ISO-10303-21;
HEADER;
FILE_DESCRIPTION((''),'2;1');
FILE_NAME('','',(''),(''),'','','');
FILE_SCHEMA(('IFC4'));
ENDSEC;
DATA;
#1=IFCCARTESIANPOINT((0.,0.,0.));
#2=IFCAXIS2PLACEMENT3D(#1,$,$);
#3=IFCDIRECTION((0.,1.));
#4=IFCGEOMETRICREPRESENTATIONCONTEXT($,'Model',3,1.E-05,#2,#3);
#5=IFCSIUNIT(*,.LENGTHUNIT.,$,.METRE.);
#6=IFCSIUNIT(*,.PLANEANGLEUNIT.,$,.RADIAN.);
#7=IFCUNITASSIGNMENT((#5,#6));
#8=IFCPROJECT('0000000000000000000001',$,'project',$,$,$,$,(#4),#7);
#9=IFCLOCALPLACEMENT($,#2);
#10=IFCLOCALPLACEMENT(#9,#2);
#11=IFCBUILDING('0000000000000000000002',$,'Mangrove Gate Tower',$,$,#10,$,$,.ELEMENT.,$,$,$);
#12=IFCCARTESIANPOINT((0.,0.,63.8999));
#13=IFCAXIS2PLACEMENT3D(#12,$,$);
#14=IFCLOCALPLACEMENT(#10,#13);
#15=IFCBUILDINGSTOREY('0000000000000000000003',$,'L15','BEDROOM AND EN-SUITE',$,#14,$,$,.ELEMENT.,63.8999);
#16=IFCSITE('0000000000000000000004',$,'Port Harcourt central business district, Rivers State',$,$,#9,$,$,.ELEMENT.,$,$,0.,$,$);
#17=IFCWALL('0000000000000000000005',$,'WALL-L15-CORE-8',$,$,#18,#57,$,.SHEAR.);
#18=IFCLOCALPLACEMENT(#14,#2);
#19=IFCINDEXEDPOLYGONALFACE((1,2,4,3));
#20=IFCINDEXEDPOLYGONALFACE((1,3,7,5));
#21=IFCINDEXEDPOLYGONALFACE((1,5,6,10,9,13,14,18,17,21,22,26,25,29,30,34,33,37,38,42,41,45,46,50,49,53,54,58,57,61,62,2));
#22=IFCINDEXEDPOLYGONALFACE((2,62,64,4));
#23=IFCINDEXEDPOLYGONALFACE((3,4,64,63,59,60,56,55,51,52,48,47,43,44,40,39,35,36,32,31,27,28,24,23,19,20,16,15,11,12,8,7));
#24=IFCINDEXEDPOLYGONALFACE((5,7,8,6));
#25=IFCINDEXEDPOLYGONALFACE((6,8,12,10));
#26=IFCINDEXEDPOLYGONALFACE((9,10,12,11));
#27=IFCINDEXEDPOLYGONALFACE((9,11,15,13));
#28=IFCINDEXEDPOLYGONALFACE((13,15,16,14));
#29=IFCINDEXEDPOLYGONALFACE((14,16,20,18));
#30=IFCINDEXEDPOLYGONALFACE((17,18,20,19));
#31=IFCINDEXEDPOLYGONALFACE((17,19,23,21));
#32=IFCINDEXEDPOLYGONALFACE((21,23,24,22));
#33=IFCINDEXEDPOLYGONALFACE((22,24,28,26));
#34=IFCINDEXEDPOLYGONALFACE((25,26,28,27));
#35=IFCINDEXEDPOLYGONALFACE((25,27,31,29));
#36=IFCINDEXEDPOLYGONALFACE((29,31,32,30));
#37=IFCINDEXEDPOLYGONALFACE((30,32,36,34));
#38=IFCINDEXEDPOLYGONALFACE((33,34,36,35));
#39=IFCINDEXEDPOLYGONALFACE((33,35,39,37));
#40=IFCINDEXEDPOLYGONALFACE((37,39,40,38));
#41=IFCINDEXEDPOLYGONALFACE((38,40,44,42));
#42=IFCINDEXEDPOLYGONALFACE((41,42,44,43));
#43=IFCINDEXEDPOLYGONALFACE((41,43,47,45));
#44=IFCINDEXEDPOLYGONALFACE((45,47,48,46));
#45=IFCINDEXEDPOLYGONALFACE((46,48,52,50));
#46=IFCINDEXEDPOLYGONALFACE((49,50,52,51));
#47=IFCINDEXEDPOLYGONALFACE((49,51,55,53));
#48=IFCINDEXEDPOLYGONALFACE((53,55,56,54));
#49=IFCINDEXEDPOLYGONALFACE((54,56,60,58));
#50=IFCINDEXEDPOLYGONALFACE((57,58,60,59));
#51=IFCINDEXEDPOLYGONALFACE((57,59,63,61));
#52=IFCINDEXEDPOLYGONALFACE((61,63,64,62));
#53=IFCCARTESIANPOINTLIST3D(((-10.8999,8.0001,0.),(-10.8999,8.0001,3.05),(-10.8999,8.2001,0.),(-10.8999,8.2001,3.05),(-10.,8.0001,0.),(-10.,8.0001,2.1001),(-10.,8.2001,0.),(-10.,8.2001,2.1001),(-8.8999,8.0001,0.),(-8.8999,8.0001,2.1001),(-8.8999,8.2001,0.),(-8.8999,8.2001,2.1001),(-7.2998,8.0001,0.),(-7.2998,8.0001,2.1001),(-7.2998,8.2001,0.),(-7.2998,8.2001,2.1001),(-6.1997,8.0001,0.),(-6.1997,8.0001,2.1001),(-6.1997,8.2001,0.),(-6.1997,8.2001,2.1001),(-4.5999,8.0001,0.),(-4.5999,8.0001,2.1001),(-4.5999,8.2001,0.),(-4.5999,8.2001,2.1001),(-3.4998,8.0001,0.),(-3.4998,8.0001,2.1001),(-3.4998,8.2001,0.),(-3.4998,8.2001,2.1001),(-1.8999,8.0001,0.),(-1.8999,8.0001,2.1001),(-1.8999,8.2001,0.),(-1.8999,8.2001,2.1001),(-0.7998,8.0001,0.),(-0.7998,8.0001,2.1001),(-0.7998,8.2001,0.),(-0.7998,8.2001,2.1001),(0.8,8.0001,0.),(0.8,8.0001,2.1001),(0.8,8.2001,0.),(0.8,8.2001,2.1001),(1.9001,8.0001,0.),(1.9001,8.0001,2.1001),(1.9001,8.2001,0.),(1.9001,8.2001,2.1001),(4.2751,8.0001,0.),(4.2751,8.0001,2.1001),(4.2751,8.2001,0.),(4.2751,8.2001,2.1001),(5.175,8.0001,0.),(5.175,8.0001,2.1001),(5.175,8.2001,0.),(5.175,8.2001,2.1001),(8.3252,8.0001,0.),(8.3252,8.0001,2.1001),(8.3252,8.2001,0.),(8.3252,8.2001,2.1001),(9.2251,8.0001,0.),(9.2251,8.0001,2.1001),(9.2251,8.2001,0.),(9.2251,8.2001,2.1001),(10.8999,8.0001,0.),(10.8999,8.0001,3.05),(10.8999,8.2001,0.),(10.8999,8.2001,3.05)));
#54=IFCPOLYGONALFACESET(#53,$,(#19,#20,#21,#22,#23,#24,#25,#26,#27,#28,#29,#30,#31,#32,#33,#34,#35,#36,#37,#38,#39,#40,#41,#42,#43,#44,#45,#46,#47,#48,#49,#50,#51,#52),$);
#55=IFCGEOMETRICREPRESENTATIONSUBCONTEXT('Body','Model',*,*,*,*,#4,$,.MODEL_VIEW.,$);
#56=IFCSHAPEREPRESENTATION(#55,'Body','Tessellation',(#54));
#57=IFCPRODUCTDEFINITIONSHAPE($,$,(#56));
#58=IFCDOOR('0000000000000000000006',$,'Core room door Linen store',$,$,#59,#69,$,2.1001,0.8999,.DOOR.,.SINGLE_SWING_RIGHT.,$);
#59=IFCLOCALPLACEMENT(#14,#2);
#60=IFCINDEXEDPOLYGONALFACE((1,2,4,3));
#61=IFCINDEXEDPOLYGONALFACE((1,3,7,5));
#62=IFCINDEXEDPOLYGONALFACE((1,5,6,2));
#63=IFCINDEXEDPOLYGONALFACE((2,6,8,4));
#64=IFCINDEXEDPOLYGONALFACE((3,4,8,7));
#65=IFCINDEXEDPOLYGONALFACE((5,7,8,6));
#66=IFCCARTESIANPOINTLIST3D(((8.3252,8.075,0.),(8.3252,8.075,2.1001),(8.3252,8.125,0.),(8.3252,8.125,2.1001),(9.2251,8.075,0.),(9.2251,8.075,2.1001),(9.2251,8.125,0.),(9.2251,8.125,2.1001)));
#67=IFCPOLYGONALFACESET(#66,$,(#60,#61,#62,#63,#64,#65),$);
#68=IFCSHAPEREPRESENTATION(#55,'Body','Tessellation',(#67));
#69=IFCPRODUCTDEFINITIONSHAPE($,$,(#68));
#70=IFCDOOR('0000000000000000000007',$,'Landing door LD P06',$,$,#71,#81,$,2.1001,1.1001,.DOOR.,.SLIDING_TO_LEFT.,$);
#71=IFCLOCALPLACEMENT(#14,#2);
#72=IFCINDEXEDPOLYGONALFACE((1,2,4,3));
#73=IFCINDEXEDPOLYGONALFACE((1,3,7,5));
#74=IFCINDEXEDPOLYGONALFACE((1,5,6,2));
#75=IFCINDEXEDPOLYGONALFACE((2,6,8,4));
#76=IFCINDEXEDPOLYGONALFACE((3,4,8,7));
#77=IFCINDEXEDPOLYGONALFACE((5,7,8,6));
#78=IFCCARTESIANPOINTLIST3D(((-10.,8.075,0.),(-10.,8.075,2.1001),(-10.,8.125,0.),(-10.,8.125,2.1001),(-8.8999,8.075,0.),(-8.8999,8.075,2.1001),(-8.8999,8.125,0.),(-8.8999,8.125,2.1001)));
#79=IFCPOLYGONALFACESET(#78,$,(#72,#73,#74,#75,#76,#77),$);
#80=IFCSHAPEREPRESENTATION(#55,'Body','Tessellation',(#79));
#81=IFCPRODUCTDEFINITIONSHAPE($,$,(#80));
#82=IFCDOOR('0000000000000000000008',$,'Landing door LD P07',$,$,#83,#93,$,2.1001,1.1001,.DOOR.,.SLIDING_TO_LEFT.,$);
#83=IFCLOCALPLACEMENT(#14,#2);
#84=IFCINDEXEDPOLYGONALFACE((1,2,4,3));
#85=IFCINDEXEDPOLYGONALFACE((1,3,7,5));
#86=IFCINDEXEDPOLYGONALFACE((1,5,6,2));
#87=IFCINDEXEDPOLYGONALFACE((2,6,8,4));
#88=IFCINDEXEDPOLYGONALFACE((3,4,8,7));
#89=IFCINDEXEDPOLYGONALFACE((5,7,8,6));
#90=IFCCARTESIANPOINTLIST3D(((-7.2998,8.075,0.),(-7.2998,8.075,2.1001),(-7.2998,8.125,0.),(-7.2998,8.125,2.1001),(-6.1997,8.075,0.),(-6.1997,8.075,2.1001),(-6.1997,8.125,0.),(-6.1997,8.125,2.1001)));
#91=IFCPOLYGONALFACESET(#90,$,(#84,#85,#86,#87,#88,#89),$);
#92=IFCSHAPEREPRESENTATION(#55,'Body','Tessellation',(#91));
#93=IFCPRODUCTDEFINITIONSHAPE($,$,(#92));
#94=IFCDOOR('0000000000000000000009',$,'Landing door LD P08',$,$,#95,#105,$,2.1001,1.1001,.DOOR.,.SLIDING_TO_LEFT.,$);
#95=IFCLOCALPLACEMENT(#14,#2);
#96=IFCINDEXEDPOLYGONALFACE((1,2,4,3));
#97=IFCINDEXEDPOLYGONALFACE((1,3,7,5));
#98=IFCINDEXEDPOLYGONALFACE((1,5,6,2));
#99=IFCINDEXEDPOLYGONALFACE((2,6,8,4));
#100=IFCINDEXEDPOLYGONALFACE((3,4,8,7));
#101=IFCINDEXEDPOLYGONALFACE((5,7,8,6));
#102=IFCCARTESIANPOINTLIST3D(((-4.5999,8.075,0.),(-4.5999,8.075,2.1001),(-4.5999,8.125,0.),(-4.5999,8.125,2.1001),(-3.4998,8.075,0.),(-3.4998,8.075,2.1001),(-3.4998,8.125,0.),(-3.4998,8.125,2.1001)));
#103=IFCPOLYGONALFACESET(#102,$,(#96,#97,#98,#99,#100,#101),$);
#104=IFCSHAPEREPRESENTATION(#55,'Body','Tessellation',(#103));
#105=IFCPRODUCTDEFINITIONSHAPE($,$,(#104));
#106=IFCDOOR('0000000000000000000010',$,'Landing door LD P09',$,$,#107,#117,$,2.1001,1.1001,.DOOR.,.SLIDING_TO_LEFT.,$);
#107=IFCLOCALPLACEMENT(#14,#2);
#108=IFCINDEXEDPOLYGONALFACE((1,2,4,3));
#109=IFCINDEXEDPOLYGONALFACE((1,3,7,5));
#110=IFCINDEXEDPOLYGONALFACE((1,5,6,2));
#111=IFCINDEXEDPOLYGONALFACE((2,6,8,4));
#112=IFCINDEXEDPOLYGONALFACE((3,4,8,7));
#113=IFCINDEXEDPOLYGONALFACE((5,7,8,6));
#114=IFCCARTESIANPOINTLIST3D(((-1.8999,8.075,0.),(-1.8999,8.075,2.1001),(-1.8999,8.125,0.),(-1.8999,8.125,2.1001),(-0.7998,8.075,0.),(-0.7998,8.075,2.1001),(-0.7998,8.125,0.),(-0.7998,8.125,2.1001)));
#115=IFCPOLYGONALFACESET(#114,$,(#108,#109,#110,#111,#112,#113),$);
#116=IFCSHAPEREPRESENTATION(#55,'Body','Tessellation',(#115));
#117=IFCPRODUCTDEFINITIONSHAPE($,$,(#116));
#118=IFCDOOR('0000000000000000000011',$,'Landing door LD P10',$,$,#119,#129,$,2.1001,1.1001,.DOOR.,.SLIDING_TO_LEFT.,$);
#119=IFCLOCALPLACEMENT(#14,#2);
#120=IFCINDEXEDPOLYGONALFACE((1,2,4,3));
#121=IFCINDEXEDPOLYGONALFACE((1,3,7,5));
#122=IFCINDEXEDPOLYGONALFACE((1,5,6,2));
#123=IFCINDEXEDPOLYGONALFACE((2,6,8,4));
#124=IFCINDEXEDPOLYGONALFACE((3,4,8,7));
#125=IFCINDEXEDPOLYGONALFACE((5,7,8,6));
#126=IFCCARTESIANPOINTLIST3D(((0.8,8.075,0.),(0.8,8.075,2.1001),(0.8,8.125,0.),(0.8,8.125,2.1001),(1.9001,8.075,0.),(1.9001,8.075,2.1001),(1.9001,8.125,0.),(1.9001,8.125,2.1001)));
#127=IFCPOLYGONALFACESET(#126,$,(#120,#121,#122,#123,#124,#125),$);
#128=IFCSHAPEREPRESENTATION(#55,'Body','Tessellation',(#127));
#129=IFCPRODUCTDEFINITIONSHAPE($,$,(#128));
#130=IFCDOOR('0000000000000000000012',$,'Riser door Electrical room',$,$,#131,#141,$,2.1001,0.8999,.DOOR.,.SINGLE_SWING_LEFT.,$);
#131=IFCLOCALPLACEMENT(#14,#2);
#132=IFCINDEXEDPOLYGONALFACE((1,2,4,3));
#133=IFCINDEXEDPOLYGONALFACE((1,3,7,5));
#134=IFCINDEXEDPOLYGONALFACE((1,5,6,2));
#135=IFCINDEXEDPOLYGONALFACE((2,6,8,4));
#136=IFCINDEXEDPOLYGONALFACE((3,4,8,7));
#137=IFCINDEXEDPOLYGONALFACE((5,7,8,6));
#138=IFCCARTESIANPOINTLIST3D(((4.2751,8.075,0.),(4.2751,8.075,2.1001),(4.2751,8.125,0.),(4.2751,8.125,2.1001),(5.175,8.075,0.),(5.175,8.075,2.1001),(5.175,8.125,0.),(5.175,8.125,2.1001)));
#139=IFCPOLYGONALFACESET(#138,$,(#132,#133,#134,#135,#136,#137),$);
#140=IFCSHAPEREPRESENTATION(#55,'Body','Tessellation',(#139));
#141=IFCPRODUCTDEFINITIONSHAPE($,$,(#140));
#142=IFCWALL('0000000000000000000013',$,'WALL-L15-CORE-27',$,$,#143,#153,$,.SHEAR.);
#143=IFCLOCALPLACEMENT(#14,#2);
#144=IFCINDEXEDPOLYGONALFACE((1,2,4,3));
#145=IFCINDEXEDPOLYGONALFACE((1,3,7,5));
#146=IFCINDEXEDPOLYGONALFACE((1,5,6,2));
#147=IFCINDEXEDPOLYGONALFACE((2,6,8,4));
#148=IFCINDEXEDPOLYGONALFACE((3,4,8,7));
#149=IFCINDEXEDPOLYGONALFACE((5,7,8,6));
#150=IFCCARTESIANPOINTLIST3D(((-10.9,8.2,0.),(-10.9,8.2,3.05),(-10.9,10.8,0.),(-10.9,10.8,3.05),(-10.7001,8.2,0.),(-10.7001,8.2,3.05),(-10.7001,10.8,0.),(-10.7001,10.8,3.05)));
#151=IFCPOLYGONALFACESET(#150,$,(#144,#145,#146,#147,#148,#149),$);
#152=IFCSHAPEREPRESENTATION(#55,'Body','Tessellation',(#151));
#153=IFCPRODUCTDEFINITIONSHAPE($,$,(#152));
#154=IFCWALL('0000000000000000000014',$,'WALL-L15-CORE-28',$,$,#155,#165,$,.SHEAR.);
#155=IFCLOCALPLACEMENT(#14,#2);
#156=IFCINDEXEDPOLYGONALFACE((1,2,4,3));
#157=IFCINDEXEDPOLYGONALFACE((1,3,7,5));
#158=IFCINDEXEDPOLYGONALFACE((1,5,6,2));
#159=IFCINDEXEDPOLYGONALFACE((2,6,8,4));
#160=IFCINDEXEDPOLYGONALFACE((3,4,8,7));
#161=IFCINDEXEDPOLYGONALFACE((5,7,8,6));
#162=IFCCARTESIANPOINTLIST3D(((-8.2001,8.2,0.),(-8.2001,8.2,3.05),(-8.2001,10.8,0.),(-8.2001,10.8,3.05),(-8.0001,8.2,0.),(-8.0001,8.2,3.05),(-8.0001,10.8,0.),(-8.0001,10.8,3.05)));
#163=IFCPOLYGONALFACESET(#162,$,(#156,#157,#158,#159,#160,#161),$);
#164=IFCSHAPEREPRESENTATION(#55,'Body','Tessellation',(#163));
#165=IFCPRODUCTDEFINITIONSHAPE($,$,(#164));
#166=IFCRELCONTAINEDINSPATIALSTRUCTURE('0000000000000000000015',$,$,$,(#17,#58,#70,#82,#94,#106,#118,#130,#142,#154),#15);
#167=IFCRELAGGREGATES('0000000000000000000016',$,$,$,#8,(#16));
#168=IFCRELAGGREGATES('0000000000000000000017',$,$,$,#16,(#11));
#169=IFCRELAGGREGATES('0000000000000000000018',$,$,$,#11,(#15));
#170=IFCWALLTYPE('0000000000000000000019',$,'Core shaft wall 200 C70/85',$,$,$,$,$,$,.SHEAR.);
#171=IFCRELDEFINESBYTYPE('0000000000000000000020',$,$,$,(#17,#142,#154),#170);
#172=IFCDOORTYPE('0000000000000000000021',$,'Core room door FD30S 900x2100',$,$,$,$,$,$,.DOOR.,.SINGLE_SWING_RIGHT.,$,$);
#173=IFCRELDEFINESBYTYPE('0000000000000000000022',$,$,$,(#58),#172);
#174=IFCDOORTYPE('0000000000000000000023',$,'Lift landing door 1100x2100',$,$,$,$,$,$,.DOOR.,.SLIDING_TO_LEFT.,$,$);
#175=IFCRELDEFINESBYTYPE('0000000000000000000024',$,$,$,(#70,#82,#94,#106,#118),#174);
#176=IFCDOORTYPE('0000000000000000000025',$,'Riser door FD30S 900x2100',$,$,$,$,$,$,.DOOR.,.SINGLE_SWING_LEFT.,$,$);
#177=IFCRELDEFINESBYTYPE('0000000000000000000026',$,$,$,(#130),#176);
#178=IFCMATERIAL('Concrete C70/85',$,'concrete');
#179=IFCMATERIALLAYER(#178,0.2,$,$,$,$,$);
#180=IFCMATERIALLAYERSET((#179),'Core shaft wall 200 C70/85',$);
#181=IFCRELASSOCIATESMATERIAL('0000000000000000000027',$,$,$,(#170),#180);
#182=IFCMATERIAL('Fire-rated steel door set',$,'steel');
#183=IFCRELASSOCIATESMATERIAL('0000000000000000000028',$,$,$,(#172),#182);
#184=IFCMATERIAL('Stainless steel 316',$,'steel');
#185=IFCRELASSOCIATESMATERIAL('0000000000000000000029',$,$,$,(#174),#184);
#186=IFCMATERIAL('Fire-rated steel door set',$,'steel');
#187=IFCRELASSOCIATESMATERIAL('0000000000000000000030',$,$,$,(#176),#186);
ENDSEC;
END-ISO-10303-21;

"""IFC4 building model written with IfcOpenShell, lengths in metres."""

from ifc_helpers import new_model, si_unit, direction, frame, frame_2d, origin, place, context, subcontext, project, spatial, rectangle, extrude, material, layer, layer_set, type_object, element, fill, save


model = new_model("IFC4")

# Units and contexts
model_context = context("Model", 3, precision=1e-05, world=origin(), true_north=direction((0.0, 1.0)))
body_context = subcontext(model_context, "Body", "Model", "MODEL_VIEW")
ifc_project = project(units=[si_unit("LENGTHUNIT", "METRE"), si_unit("PLANEANGLEUNIT", "RADIAN")], contexts=[model_context])

# Site, building, storey
site_placement = place(None, origin())
site = spatial("IfcSite", under=ifc_project, at=site_placement, Name="Port Harcourt central business district, Rivers State", CompositionType="ELEMENT", RefElevation=0.0)
building_placement = place(site_placement, origin())
building = spatial("IfcBuilding", under=site, at=building_placement, Name="Mangrove Gate Tower", CompositionType="ELEMENT")
storey_placement = place(building_placement, frame((0.0, 0.0, 63.8999)))
storey = spatial("IfcBuildingStorey", under=building, at=storey_placement, Name="L15", Description="BEDROOM AND EN-SUITE", CompositionType="ELEMENT", Elevation=63.8999)

# Wall, openings, doors
ifc_material_1 = material(Name="Concrete C70/85", Category="concrete")
ifc_layer_1 = layer(ifc_material_1, 0.2)
ifc_layer_set_1 = layer_set([ifc_layer_1], Name="Core shaft wall 200 C70/85")
wall_type_1 = type_object("IfcWallType", Name="Core shaft wall 200 C70/85", PredefinedType="SHEAR", material=ifc_layer_set_1)
ifc_material_2 = material(Name="Fire-rated steel door set", Category="steel")
door_type_1 = type_object("IfcDoorType", Name="Core room door FD30S 900x2100", OperationType="SINGLE_SWING_RIGHT", PredefinedType="DOOR", material=ifc_material_2)
ifc_material_3 = material(Name="Stainless steel 316", Category="steel")
door_type_2 = type_object("IfcDoorType", Name="Lift landing door 1100x2100", OperationType="SLIDING_TO_LEFT", PredefinedType="DOOR", material=ifc_material_3)
wall_1_placement = place(storey_placement, frame((-10.8999, 8.1001, 0.0), z_axis=(0.0, 0.0, 1.0), x_axis=(1.0, 0.0, 0.0)))
wall_1 = element("IfcWall", 1, at=wall_1_placement, inside=storey, type_object=wall_type_1, Name="WALL-L15-CORE-8", PredefinedType="SHEAR", context=body_context, shape_type="SweptSolid", body=[
    extrude(rectangle(XDim=21.7998, YDim=0.2, at=frame_2d((10.8999, 0.0))), origin(), (0.0, 0.0, 1.0), 3.05),
])
opening_1_placement = place(wall_1_placement, frame((0.8999, 0.0, 0.0)))
opening_1 = element("IfcOpeningElement", 2, at=opening_1_placement, cuts=wall_1, PredefinedType="OPENING", context=body_context, shape_type="SweptSolid", body=[
    extrude(rectangle(XDim=1.1001, YDim=2.1001, at=frame_2d((0.55, 1.05))), frame((0.0, 0.1099, 0.0), z_axis=(0.0, -1.0, 0.0), x_axis=(1.0, 0.0, 0.0)), (0.0, 0.0, 1.0), 0.22),
])
opening_2_placement = place(wall_1_placement, frame((3.6001, 0.0, 0.0)))
opening_2 = element("IfcOpeningElement", 3, at=opening_2_placement, cuts=wall_1, PredefinedType="OPENING", context=body_context, shape_type="SweptSolid", body=[
    extrude(rectangle(XDim=1.1001, YDim=2.1001, at=frame_2d((0.55, 1.05))), frame((0.0, 0.1099, 0.0), z_axis=(0.0, -1.0, 0.0), x_axis=(1.0, 0.0, 0.0)), (0.0, 0.0, 1.0), 0.22),
])
opening_3_placement = place(wall_1_placement, frame((6.3, 0.0, 0.0)))
opening_3 = element("IfcOpeningElement", 4, at=opening_3_placement, cuts=wall_1, PredefinedType="OPENING", context=body_context, shape_type="SweptSolid", body=[
    extrude(rectangle(XDim=1.1001, YDim=2.1001, at=frame_2d((0.55, 1.05))), frame((0.0, 0.1099, 0.0), z_axis=(0.0, -1.0, 0.0), x_axis=(1.0, 0.0, 0.0)), (0.0, 0.0, 1.0), 0.22),
])
opening_4_placement = place(wall_1_placement, frame((9.0, 0.0, 0.0)))
opening_4 = element("IfcOpeningElement", 5, at=opening_4_placement, cuts=wall_1, PredefinedType="OPENING", context=body_context, shape_type="SweptSolid", body=[
    extrude(rectangle(XDim=1.1001, YDim=2.1001, at=frame_2d((0.55, 1.05))), frame((0.0, 0.1099, 0.0), z_axis=(0.0, -1.0, 0.0), x_axis=(1.0, 0.0, 0.0)), (0.0, 0.0, 1.0), 0.22),
])
opening_5_placement = place(wall_1_placement, frame((11.7, 0.0, 0.0)))
opening_5 = element("IfcOpeningElement", 6, at=opening_5_placement, cuts=wall_1, PredefinedType="OPENING", context=body_context, shape_type="SweptSolid", body=[
    extrude(rectangle(XDim=1.1001, YDim=2.1001, at=frame_2d((0.55, 1.05))), frame((0.0, 0.1099, 0.0), z_axis=(0.0, -1.0, 0.0), x_axis=(1.0, 0.0, 0.0)), (0.0, 0.0, 1.0), 0.22),
])
opening_6_placement = place(wall_1_placement, frame((15.175, 0.0, 0.0)))
opening_6 = element("IfcOpeningElement", 7, at=opening_6_placement, cuts=wall_1, PredefinedType="OPENING", context=body_context, shape_type="SweptSolid", body=[
    extrude(rectangle(XDim=0.8999, YDim=2.1001, at=frame_2d((0.45, 1.05))), frame((0.0, 0.1099, 0.0), z_axis=(0.0, -1.0, 0.0), x_axis=(1.0, 0.0, 0.0)), (0.0, 0.0, 1.0), 0.22),
])
opening_7_placement = place(wall_1_placement, frame((19.2251, 0.0, 0.0)))
opening_7 = element("IfcOpeningElement", 8, at=opening_7_placement, cuts=wall_1, PredefinedType="OPENING", context=body_context, shape_type="SweptSolid", body=[
    extrude(rectangle(XDim=0.8999, YDim=2.1001, at=frame_2d((0.45, 1.05))), frame((0.0, 0.1099, 0.0), z_axis=(0.0, -1.0, 0.0), x_axis=(1.0, 0.0, 0.0)), (0.0, 0.0, 1.0), 0.22),
])
door_1_placement = place(opening_7_placement, origin())
door_1 = element("IfcDoor", 9, at=door_1_placement, inside=storey, type_object=door_type_1, Name="Core room door Linen store", OperationType="SINGLE_SWING_RIGHT", OverallHeight=2.1001, OverallWidth=0.8999, PredefinedType="DOOR", context=body_context, shape_type="SweptSolid", body=[
    extrude(rectangle(XDim=0.8999, YDim=2.1001, at=frame_2d((0.45, 1.05))), frame((0.0, 0.0249, 0.0), z_axis=(0.0, -1.0, 0.0), x_axis=(1.0, 0.0, 0.0)), (0.0, 0.0, 1.0), 0.05),
])
fill(opening_7, door_1)
door_2_placement = place(opening_1_placement, origin())
door_2 = element("IfcDoor", 10, at=door_2_placement, inside=storey, type_object=door_type_2, Name="Landing door LD P06", OperationType="SLIDING_TO_LEFT", OverallHeight=2.1001, OverallWidth=1.1001, PredefinedType="DOOR", context=body_context, shape_type="SweptSolid", body=[
    extrude(rectangle(XDim=1.1001, YDim=2.1001, at=frame_2d((0.55, 1.05))), frame((0.0, 0.0249, 0.0), z_axis=(0.0, -1.0, 0.0), x_axis=(1.0, 0.0, 0.0)), (0.0, 0.0, 1.0), 0.05),
])
fill(opening_1, door_2)
door_3_placement = place(opening_2_placement, origin())
door_3 = element("IfcDoor", 11, at=door_3_placement, inside=storey, type_object=door_type_2, Name="Landing door LD P07", OperationType="SLIDING_TO_LEFT", OverallHeight=2.1001, OverallWidth=1.1001, PredefinedType="DOOR", context=body_context, shape_type="SweptSolid", body=[
    extrude(rectangle(XDim=1.1001, YDim=2.1001, at=frame_2d((0.55, 1.05))), frame((0.0, 0.0249, 0.0), z_axis=(0.0, -1.0, 0.0), x_axis=(1.0, 0.0, 0.0)), (0.0, 0.0, 1.0), 0.05),
])
fill(opening_2, door_3)
door_4_placement = place(opening_3_placement, origin())
door_4 = element("IfcDoor", 12, at=door_4_placement, inside=storey, type_object=door_type_2, Name="Landing door LD P08", OperationType="SLIDING_TO_LEFT", OverallHeight=2.1001, OverallWidth=1.1001, PredefinedType="DOOR", context=body_context, shape_type="SweptSolid", body=[
    extrude(rectangle(XDim=1.1001, YDim=2.1001, at=frame_2d((0.55, 1.05))), frame((0.0, 0.0249, 0.0), z_axis=(0.0, -1.0, 0.0), x_axis=(1.0, 0.0, 0.0)), (0.0, 0.0, 1.0), 0.05),
])
fill(opening_3, door_4)
door_5_placement = place(opening_4_placement, origin())
door_5 = element("IfcDoor", 13, at=door_5_placement, inside=storey, type_object=door_type_2, Name="Landing door LD P09", OperationType="SLIDING_TO_LEFT", OverallHeight=2.1001, OverallWidth=1.1001, PredefinedType="DOOR", context=body_context, shape_type="SweptSolid", body=[
    extrude(rectangle(XDim=1.1001, YDim=2.1001, at=frame_2d((0.55, 1.05))), frame((0.0, 0.0249, 0.0), z_axis=(0.0, -1.0, 0.0), x_axis=(1.0, 0.0, 0.0)), (0.0, 0.0, 1.0), 0.05),
])
fill(opening_4, door_5)
door_6_placement = place(opening_5_placement, origin())
door_6 = element("IfcDoor", 14, at=door_6_placement, inside=storey, type_object=door_type_2, Name="Landing door LD P10", OperationType="SLIDING_TO_LEFT", OverallHeight=2.1001, OverallWidth=1.1001, PredefinedType="DOOR", context=body_context, shape_type="SweptSolid", body=[
    extrude(rectangle(XDim=1.1001, YDim=2.1001, at=frame_2d((0.55, 1.05))), frame((0.0, 0.0249, 0.0), z_axis=(0.0, -1.0, 0.0), x_axis=(1.0, 0.0, 0.0)), (0.0, 0.0, 1.0), 0.05),
])
fill(opening_5, door_6)
ifc_material_4 = material(Name="Fire-rated steel door set", Category="steel")
door_type_3 = type_object("IfcDoorType", Name="Riser door FD30S 900x2100", OperationType="SINGLE_SWING_LEFT", PredefinedType="DOOR", material=ifc_material_4)
door_7_placement = place(opening_6_placement, origin())
door_7 = element("IfcDoor", 15, at=door_7_placement, inside=storey, type_object=door_type_3, Name="Riser door Electrical room", OperationType="SINGLE_SWING_LEFT", OverallHeight=2.1001, OverallWidth=0.8999, PredefinedType="DOOR", context=body_context, shape_type="SweptSolid", body=[
    extrude(rectangle(XDim=0.8999, YDim=2.1001, at=frame_2d((0.45, 1.05))), frame((0.0, 0.0249, 0.0), z_axis=(0.0, -1.0, 0.0), x_axis=(1.0, 0.0, 0.0)), (0.0, 0.0, 1.0), 0.05),
])
fill(opening_6, door_7)

# Walls
for number, where, z_axis, x_axis, name in (
    (16, (-10.8, 8.2, 0.0), (0.0, 0.0, 1.0), (0.0, 1.0, 0.0), "WALL-L15-CORE-27"),
    (17, (-8.1001, 8.2, 0.0), (0.0, 0.0, 1.0), (0.0, 1.0, 0.0), "WALL-L15-CORE-28"),
):
    element("IfcWall", number, at=place(storey_placement, frame(where, z_axis=z_axis, x_axis=x_axis)), inside=storey, type_object=wall_type_1, Name=name, PredefinedType="SHEAR", context=body_context, shape_type="SweptSolid", body=[
        extrude(rectangle(XDim=2.6001, YDim=0.2, at=frame_2d((1.3, 0.0))), origin(), (0.0, 0.0, 1.0), 3.05),
    ])

save(model, "model.ifc")
